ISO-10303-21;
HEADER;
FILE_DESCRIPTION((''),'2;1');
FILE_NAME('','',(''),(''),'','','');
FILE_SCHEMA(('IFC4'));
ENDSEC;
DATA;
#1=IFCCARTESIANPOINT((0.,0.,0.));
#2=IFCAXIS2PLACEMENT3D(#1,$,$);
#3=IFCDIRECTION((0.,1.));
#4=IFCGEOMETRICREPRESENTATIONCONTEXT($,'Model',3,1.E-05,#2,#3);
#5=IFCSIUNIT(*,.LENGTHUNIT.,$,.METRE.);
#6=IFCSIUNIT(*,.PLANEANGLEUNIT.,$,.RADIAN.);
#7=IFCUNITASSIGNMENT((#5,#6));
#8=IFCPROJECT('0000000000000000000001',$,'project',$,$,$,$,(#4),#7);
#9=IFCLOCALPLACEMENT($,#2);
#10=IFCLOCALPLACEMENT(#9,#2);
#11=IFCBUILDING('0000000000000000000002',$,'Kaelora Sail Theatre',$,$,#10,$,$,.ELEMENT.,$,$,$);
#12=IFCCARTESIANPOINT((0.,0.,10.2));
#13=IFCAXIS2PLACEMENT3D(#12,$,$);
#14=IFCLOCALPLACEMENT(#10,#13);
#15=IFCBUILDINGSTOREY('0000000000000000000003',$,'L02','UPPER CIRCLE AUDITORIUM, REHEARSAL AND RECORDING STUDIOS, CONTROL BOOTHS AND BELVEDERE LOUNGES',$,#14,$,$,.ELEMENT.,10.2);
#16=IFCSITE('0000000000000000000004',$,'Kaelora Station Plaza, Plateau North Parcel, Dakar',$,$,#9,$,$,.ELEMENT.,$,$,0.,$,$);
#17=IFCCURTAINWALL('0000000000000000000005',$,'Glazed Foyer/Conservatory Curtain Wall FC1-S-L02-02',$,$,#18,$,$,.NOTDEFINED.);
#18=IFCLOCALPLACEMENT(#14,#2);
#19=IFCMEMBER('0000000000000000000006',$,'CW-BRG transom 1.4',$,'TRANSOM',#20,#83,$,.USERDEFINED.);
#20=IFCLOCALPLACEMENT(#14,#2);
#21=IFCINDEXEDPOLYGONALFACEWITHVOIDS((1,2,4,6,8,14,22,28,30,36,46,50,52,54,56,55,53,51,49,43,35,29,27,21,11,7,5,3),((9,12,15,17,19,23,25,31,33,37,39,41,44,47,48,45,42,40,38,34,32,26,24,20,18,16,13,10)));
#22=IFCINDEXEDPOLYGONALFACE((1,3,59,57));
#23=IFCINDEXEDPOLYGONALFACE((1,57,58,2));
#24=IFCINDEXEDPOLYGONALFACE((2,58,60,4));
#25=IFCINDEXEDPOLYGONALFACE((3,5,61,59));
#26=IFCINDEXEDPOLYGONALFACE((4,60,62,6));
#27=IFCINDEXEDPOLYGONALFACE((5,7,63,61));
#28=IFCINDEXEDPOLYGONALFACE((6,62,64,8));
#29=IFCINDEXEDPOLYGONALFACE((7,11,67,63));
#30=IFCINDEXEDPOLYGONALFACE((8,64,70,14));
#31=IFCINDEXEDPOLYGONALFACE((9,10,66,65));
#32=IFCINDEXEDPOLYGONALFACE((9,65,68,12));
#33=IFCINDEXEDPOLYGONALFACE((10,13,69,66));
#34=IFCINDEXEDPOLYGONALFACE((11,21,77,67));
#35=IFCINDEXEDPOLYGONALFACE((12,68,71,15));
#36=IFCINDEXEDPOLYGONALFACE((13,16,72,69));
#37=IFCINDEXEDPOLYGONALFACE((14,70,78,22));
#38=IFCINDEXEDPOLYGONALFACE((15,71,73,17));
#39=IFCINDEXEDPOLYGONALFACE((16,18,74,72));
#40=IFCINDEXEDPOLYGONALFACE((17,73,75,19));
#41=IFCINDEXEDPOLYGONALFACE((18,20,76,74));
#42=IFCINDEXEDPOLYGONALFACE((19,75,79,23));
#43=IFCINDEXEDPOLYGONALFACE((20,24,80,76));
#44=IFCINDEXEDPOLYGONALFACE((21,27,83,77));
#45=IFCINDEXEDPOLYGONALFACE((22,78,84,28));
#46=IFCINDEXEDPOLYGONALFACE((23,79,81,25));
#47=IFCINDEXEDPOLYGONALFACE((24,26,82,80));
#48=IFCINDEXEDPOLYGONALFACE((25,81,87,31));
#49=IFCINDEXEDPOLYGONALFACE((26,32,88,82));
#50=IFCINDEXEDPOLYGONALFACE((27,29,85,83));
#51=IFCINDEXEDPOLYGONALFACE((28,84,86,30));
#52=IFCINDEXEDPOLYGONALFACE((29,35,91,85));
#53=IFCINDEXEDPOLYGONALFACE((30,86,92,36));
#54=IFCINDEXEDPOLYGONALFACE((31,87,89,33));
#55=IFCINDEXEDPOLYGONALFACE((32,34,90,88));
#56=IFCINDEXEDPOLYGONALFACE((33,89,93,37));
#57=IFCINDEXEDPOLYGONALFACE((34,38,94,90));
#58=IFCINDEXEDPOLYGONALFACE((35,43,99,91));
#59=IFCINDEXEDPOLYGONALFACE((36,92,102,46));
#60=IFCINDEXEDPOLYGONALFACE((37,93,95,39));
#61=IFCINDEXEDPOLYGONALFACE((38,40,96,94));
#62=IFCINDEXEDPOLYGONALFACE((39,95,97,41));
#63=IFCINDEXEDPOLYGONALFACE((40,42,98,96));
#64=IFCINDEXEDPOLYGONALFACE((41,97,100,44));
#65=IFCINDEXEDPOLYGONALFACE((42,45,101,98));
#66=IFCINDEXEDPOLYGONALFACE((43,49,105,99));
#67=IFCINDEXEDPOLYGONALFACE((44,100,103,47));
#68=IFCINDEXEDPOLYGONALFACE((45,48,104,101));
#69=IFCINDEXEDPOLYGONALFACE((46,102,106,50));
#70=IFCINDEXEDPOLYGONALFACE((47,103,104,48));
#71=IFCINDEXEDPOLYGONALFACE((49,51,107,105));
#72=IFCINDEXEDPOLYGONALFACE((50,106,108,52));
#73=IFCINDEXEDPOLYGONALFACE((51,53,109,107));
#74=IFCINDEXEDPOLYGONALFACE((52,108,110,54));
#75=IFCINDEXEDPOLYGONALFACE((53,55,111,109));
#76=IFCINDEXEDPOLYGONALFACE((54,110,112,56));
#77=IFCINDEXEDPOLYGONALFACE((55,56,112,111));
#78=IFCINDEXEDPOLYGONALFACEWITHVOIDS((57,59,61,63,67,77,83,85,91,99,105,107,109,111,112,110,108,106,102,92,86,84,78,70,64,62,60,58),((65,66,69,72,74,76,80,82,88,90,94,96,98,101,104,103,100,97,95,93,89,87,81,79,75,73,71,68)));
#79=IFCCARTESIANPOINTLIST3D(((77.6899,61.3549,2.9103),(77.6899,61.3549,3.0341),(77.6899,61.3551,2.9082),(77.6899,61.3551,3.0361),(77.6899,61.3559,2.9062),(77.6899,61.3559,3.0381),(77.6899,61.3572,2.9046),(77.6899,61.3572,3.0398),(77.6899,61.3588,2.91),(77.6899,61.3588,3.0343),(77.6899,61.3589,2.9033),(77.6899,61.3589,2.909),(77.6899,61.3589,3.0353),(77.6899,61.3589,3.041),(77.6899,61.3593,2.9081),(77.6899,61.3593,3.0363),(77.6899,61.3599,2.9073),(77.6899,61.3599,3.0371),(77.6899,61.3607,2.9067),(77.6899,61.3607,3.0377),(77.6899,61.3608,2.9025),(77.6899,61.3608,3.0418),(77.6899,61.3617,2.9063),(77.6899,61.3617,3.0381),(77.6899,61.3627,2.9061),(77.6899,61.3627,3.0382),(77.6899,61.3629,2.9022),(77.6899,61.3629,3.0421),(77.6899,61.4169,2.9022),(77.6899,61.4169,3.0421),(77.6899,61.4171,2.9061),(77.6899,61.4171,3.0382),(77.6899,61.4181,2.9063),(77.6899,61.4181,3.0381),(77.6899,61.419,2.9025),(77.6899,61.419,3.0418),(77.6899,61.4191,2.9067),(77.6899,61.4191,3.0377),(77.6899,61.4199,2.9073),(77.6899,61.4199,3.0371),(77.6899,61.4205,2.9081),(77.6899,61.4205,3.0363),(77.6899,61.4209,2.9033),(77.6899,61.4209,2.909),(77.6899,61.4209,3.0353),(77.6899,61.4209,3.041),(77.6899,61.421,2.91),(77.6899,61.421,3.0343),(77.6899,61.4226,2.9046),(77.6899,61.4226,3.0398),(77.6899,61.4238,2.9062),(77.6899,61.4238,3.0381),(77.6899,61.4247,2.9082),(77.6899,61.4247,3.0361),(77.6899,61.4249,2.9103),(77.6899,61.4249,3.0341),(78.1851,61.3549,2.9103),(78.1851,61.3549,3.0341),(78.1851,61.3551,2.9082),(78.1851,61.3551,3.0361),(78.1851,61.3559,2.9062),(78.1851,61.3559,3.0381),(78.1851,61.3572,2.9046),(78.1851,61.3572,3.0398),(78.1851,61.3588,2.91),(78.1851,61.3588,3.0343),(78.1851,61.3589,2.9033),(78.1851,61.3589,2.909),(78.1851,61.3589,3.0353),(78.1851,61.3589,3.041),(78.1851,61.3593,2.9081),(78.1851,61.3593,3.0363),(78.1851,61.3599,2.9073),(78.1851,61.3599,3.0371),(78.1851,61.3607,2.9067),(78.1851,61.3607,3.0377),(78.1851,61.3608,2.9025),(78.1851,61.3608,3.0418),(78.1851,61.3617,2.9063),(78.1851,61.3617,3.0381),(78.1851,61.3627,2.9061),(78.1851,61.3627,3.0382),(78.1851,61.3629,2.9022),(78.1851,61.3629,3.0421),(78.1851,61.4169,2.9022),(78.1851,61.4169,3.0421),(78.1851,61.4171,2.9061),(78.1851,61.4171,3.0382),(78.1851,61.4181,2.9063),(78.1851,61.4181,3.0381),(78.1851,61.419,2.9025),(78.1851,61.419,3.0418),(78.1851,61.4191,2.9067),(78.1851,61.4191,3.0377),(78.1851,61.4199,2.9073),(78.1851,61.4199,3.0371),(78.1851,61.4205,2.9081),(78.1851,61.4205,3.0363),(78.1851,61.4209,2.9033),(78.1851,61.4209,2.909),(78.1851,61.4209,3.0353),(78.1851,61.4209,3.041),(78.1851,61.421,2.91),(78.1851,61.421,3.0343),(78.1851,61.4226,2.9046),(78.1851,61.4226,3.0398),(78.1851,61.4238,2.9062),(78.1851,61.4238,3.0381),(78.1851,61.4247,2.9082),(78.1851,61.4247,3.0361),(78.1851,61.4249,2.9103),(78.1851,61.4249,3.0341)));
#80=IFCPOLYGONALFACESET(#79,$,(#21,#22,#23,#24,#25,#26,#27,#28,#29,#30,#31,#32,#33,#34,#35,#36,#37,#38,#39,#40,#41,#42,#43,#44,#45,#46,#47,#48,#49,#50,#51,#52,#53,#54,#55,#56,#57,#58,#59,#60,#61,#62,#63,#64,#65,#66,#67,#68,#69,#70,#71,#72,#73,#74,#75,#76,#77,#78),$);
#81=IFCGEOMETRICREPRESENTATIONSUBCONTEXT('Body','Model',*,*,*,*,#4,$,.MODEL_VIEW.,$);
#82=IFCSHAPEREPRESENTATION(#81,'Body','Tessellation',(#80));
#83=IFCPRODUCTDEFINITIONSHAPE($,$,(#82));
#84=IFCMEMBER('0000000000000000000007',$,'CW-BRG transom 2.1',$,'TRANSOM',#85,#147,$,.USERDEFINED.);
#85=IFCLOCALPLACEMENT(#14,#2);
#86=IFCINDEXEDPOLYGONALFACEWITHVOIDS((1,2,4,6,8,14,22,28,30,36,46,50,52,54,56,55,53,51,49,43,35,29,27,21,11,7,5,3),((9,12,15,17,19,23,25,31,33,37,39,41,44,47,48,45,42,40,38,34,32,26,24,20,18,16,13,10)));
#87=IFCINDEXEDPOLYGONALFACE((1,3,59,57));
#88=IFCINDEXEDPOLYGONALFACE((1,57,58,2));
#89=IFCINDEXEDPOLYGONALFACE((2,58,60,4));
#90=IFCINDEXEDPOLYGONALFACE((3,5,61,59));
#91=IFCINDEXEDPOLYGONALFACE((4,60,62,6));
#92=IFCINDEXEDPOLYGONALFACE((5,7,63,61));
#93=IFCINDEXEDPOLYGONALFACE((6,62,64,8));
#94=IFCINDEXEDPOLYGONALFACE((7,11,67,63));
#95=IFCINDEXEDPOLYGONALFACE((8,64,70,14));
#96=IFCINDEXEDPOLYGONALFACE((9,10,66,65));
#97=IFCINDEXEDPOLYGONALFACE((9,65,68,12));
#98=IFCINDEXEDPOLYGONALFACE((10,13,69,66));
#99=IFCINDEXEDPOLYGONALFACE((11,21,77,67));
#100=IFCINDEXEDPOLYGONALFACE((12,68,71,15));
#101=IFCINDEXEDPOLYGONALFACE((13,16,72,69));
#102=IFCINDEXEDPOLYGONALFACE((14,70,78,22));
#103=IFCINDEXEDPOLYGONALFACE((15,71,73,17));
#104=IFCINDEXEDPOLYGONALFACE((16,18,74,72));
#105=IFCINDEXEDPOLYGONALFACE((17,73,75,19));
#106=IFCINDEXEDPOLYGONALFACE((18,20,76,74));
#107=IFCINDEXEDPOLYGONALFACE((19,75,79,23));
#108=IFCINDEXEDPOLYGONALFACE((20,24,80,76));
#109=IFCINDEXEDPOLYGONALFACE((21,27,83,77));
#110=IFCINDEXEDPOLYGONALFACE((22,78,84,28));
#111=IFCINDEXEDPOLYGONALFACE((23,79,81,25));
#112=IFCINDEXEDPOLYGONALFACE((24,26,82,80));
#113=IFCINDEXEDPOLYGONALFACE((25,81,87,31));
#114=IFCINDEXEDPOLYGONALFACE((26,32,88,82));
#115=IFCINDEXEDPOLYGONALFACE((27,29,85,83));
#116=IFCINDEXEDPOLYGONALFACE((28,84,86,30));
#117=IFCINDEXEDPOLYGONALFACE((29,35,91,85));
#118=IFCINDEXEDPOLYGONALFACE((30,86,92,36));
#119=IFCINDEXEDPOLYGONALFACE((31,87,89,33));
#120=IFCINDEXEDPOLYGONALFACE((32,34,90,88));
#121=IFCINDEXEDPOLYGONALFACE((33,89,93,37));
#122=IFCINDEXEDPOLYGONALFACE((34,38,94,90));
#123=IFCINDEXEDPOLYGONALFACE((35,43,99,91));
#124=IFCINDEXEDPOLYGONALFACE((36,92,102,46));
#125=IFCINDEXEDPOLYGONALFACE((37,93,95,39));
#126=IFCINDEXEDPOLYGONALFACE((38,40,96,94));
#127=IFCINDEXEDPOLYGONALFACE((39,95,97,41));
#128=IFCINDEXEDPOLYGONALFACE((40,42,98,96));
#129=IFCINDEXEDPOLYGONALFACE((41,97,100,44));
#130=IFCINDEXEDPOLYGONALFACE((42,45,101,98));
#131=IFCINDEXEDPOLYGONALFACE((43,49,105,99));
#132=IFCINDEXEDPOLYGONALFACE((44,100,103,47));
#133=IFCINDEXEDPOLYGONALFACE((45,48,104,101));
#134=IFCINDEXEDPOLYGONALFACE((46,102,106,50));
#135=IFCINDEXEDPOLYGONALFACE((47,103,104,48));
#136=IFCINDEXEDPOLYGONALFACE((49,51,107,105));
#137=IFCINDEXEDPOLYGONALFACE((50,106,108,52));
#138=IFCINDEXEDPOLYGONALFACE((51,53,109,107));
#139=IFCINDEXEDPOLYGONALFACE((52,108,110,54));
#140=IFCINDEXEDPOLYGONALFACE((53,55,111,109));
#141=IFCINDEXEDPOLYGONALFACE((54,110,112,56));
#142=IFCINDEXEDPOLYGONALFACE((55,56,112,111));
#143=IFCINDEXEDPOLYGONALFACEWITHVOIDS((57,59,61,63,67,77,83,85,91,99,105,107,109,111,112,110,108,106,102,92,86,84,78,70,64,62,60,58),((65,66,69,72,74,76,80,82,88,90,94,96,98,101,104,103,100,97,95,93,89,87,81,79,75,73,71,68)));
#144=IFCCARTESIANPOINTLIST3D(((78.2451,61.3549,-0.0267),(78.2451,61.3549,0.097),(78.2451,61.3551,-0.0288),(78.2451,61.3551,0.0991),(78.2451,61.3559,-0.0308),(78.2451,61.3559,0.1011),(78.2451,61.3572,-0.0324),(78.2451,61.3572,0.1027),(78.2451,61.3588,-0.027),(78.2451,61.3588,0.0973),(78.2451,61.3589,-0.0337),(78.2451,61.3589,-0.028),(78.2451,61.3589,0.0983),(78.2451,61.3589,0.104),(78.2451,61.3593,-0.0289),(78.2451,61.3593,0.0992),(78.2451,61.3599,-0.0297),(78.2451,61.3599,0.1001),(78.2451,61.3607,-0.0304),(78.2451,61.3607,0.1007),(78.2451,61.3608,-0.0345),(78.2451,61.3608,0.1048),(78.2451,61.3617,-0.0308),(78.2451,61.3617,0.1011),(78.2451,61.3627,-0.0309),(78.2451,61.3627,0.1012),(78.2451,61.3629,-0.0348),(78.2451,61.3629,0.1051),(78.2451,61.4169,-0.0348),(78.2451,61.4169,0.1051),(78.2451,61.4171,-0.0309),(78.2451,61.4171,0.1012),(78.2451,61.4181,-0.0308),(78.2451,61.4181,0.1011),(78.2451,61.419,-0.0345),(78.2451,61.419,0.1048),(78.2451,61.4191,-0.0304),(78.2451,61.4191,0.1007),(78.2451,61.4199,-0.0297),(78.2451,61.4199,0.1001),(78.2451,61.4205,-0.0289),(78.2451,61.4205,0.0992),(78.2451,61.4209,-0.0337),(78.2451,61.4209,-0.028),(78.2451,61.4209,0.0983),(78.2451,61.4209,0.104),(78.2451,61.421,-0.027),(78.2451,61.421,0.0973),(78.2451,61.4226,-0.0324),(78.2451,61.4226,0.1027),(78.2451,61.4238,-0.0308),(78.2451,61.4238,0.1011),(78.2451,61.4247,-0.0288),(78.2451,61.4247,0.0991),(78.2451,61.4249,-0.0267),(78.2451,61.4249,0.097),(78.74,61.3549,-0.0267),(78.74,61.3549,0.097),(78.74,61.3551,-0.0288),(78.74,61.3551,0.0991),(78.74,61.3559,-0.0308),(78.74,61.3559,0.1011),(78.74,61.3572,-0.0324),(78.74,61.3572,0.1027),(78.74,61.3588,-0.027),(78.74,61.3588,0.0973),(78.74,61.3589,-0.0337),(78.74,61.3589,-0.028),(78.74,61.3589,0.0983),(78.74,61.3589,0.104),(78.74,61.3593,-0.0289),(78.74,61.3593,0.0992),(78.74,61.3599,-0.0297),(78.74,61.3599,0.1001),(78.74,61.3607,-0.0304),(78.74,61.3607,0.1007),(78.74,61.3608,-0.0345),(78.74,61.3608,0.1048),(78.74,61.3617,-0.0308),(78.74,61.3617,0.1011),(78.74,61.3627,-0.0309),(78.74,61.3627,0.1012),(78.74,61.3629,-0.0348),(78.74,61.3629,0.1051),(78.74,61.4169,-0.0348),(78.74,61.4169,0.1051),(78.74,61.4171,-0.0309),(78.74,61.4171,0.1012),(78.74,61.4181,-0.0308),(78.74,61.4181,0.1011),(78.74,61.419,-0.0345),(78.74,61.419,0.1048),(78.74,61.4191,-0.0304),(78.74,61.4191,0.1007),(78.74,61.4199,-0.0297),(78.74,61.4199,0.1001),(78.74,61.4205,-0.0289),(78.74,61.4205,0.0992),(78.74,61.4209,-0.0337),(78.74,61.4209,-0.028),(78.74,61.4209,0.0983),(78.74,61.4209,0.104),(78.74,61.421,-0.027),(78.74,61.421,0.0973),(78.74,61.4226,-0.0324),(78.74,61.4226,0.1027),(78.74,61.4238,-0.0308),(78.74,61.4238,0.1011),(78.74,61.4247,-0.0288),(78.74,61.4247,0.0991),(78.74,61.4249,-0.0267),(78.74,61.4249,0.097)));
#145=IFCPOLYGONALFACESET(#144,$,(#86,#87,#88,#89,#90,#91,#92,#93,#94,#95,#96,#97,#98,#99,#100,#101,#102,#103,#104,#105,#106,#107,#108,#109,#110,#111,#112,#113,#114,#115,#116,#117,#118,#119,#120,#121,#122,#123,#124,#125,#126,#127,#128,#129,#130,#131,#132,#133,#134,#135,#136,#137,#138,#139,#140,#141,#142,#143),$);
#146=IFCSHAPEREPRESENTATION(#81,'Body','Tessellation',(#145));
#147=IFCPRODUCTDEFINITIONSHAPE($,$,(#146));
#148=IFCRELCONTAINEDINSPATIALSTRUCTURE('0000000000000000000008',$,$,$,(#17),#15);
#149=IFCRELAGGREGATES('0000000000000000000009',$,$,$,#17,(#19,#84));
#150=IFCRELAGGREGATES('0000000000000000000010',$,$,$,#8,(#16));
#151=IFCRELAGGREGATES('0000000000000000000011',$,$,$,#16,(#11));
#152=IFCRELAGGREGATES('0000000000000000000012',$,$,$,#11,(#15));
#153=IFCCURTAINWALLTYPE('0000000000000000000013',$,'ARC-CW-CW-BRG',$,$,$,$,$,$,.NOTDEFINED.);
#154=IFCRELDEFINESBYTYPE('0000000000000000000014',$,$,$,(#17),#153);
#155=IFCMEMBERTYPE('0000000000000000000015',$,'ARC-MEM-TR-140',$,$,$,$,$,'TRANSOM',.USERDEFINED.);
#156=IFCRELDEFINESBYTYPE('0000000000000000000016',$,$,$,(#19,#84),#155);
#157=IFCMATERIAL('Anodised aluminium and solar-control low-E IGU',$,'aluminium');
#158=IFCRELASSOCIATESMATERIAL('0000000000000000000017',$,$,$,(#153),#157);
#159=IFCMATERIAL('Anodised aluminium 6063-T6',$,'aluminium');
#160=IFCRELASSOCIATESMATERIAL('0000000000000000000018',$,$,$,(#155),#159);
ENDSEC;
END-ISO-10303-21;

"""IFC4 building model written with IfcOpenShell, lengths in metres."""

from ifc_helpers import new_model, si_unit, direction, frame, origin, origin_2d, place, context, subcontext, project, spatial, hollow_rectangle, extrude, material, material_profile, profile_set, type_object, element, aggregate, save


model = new_model("IFC4")

# Units and contexts
model_context = context("Model", 3, precision=1e-05, world=origin(), true_north=direction((0.0, 1.0)))
body_context = subcontext(model_context, "Body", "Model", "MODEL_VIEW")
ifc_project = project(units=[si_unit("LENGTHUNIT", "METRE"), si_unit("PLANEANGLEUNIT", "RADIAN")], contexts=[model_context])

# Site, building, storey
site_placement = place(None, origin())
site = spatial("IfcSite", under=ifc_project, at=site_placement, Name="Kaelora Station Plaza, Plateau North Parcel, Dakar", CompositionType="ELEMENT", RefElevation=0.0)
building_placement = place(site_placement, origin())
building = spatial("IfcBuilding", under=site, at=building_placement, Name="Kaelora Sail Theatre", CompositionType="ELEMENT")
storey_placement = place(building_placement, frame((0.0, 0.0, 10.2)))
storey = spatial("IfcBuildingStorey", under=building, at=storey_placement, Name="L02", Description="UPPER CIRCLE AUDITORIUM, REHEARSAL AND RECORDING STUDIOS, CONTROL BOOTHS AND BELVEDERE LOUNGES", CompositionType="ELEMENT", Elevation=10.2)

# Curtain wall
ifc_material_1 = material(Name="Anodised aluminium and solar-control low-E IGU", Category="aluminium")
curtain_wall_type = type_object("IfcCurtainWallType", Name="ARC-CW-CW-BRG", PredefinedType="NOTDEFINED", material=ifc_material_1)
curtain_wall_1_placement = place(storey_placement, origin())
curtain_wall_1 = element("IfcCurtainWall", 1, at=curtain_wall_1_placement, inside=storey, type_object=curtain_wall_type, Name="Glazed Foyer/Conservatory Curtain Wall FC1-S-L02-02", PredefinedType="NOTDEFINED")

# Members
ifc_material_2 = material(Name="Anodised aluminium 6063-T6", Category="aluminium")
ifc_material_profile_1 = material_profile(ifc_material_2, hollow_rectangle(XDim=0.0701, YDim=0.1399, WallThickness=0.0039, InnerFilletRadius=0.0039, OuterFilletRadius=0.0081, at=origin_2d()), Name="ALU-TRAN 70x140x4")
ifc_profile_set_1 = profile_set([ifc_material_profile_1], Name="Anodised aluminium 6063-T6")
member_type_1 = type_object("IfcMemberType", Name="ARC-MEM-TR-140", ElementType="TRANSOM", PredefinedType="USERDEFINED", material=ifc_profile_set_1)
member_1_placement = place(storey_placement, frame((77.6899, 61.3899, 2.9722), z_axis=(1.0, 0.0, 0.0), x_axis=(0.0, 1.0, 0.0)))
member_1 = element("IfcMember", 2, at=member_1_placement, type_object=member_type_1, Name="CW-BRG transom 1.4", ObjectType="TRANSOM", PredefinedType="USERDEFINED", context=body_context, shape_type="SweptSolid", body=[
    extrude(hollow_rectangle(XDim=0.0701, YDim=0.1399, WallThickness=0.0039, InnerFilletRadius=0.0039, OuterFilletRadius=0.0081, at=origin_2d()), origin(), (0.0, 0.0, 1.0), 0.4951),
])
member_2_placement = place(storey_placement, frame((78.2451, 61.3899, 0.0352), z_axis=(1.0, 0.0, 0.0), x_axis=(0.0, 1.0, 0.0)))
member_2 = element("IfcMember", 3, at=member_2_placement, type_object=member_type_1, Name="CW-BRG transom 2.1", ObjectType="TRANSOM", PredefinedType="USERDEFINED", context=body_context, shape_type="SweptSolid", body=[
    extrude(hollow_rectangle(XDim=0.0701, YDim=0.1399, WallThickness=0.0039, InnerFilletRadius=0.0039, OuterFilletRadius=0.0081, at=origin_2d()), origin(), (0.0, 0.0, 1.0), 0.4949),
])

aggregate(curtain_wall_1, [member_1, member_2])

save(model, "model.ifc")
